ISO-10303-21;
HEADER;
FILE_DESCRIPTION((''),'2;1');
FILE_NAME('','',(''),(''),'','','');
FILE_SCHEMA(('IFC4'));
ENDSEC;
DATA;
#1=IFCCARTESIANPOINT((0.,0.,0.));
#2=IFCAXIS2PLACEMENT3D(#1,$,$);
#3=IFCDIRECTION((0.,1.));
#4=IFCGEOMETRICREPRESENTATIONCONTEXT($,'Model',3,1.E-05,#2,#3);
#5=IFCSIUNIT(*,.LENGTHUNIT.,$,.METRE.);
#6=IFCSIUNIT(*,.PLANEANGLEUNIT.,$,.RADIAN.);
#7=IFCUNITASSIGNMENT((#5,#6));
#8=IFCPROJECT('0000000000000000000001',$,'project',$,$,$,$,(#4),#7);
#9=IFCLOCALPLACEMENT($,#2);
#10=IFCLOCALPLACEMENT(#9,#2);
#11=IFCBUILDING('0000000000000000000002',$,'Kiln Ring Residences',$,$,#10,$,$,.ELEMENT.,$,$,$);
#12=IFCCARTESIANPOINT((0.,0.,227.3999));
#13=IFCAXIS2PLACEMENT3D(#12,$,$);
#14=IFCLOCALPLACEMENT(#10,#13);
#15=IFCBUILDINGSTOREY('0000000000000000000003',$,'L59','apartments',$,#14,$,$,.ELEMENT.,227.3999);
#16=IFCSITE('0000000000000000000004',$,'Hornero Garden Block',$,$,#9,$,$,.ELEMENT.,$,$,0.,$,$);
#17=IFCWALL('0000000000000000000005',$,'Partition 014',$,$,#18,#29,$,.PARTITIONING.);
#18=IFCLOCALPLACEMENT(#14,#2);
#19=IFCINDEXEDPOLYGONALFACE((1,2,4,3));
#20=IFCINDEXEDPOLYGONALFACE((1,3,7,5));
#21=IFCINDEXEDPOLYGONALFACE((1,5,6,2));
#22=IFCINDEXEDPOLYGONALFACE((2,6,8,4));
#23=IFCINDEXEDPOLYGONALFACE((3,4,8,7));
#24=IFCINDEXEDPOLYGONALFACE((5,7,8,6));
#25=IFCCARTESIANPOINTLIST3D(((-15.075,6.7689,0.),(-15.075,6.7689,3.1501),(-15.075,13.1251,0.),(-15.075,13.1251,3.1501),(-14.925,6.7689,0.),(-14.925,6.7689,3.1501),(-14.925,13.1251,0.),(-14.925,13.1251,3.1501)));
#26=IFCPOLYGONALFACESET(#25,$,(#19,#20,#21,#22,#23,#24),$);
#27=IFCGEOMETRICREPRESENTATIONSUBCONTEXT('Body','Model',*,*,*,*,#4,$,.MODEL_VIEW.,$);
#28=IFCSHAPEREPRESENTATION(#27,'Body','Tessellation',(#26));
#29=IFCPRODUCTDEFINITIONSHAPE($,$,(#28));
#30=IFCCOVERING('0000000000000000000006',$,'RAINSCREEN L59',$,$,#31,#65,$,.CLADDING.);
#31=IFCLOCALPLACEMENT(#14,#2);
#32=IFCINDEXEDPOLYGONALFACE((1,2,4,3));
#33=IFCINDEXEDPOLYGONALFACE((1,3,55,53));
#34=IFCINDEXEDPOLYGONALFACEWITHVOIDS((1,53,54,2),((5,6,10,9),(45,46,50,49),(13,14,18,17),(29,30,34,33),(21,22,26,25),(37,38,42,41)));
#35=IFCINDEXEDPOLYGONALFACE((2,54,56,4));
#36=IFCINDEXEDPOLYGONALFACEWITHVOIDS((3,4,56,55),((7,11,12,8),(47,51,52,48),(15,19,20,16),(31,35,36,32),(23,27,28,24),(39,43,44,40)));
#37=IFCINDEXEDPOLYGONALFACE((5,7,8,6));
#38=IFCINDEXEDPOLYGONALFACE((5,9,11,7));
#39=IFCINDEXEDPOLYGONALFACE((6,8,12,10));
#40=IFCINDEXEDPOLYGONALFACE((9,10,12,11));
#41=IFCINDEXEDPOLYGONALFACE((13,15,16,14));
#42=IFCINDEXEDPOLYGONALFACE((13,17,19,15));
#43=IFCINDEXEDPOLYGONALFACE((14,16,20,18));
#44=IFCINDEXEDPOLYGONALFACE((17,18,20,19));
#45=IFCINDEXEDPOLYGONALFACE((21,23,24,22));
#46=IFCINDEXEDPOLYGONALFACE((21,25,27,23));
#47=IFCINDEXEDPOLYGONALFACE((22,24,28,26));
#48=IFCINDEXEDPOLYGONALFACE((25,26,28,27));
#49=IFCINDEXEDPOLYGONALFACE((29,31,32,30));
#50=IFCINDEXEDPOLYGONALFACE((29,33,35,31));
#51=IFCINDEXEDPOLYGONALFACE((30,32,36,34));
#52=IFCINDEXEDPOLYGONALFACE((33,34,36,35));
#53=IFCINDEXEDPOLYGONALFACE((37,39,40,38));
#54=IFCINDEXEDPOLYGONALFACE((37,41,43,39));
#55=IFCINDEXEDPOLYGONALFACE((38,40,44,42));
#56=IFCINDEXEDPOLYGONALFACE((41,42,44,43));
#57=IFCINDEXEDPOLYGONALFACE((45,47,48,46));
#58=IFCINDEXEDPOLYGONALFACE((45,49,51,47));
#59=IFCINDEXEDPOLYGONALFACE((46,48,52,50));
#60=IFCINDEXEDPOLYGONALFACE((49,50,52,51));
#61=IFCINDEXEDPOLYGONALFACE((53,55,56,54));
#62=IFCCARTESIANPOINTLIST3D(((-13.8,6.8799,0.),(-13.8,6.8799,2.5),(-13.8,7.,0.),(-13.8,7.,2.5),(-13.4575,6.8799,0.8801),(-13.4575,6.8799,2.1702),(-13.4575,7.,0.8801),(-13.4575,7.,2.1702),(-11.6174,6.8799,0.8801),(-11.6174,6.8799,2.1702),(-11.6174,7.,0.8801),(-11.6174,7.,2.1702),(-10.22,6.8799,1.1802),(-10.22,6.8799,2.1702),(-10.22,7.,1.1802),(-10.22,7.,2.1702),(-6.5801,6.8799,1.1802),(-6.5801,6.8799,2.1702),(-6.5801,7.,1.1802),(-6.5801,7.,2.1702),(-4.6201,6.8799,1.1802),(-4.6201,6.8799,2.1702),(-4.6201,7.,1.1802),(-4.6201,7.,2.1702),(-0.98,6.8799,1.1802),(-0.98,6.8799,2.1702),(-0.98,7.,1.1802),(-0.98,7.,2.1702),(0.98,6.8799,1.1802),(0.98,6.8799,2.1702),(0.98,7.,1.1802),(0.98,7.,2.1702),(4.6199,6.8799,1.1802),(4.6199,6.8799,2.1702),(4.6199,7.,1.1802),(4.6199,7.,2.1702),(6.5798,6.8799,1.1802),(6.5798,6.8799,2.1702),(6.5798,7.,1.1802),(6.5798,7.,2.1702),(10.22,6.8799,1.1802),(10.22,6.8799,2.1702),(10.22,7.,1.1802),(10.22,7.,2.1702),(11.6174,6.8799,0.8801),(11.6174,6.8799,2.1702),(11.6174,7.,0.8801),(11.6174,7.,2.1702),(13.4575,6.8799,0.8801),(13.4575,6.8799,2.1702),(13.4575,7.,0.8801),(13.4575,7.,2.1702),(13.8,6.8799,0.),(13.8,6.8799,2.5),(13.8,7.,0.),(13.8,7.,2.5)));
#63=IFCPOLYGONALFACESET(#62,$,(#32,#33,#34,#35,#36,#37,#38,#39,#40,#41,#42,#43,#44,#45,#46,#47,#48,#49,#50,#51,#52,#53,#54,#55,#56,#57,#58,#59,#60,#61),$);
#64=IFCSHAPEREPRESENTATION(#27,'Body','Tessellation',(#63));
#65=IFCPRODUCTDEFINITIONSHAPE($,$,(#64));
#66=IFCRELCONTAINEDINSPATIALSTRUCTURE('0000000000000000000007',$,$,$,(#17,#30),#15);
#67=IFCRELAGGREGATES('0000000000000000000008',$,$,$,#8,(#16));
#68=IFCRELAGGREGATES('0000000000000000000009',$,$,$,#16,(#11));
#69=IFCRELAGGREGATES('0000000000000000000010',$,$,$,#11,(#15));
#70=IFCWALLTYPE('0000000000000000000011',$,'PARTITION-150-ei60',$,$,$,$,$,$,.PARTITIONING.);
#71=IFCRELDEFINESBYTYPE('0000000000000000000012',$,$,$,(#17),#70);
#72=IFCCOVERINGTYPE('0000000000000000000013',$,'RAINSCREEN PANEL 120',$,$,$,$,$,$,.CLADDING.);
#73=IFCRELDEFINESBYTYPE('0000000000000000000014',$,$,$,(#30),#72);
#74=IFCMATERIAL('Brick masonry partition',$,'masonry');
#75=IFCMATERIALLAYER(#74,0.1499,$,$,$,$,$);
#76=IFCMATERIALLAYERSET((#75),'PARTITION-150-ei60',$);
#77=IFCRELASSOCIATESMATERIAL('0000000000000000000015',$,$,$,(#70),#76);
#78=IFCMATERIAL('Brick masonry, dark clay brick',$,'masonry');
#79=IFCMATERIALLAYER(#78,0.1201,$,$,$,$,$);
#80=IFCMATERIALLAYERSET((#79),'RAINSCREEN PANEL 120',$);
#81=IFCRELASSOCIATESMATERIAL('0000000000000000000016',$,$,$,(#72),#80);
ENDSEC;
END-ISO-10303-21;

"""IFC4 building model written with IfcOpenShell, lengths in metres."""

from ifc_helpers import new_model, si_unit, direction, frame, frame_2d, origin, place, context, subcontext, project, spatial, polyline, rectangle, outline, extrude, material, layer, layer_set, type_object, element, save


model = new_model("IFC4")

# Units and contexts
model_context = context("Model", 3, precision=1e-05, world=origin(), true_north=direction((0.0, 1.0)))
body_context = subcontext(model_context, "Body", "Model", "MODEL_VIEW")
ifc_project = project(units=[si_unit("LENGTHUNIT", "METRE"), si_unit("PLANEANGLEUNIT", "RADIAN")], contexts=[model_context])

# Site, building, storey
site_placement = place(None, origin())
site = spatial("IfcSite", under=ifc_project, at=site_placement, Name="Hornero Garden Block", CompositionType="ELEMENT", RefElevation=0.0)
building_placement = place(site_placement, origin())
building = spatial("IfcBuilding", under=site, at=building_placement, Name="Kiln Ring Residences", CompositionType="ELEMENT")
storey_placement = place(building_placement, frame((0.0, 0.0, 227.3999)))
storey = spatial("IfcBuildingStorey", under=building, at=storey_placement, Name="L59", Description="apartments", CompositionType="ELEMENT", Elevation=227.3999)

# Shared definitions
ifc_material_1 = material(Name="Brick masonry partition", Category="masonry")
ifc_layer_1 = layer(ifc_material_1, 0.1499)
ifc_layer_set_1 = layer_set([ifc_layer_1], Name="PARTITION-150-ei60")
wall_type_1 = type_object("IfcWallType", Name="PARTITION-150-ei60", PredefinedType="PARTITIONING", material=ifc_layer_set_1)

# Wall
wall_1_placement = place(storey_placement, frame((-15.0, 6.7688, 0.0), z_axis=(0.0, 0.0, 1.0), x_axis=(0.0, 1.0, 0.0)))
element("IfcWall", 1, at=wall_1_placement, inside=storey, type_object=wall_type_1, Name="Partition 014", PredefinedType="PARTITIONING", context=body_context, shape_type="SweptSolid", body=[
    extrude(rectangle(XDim=6.3562, YDim=0.1499, at=frame_2d((3.1782, 0.0))), origin(), (0.0, 0.0, 1.0), 3.1501),
])

# Covering
ifc_material_2 = material(Name="Brick masonry, dark clay brick", Category="masonry")
ifc_layer_2 = layer(ifc_material_2, 0.1201)
ifc_layer_set_2 = layer_set([ifc_layer_2], Name="RAINSCREEN PANEL 120")
covering_type = type_object("IfcCoveringType", Name="RAINSCREEN PANEL 120", PredefinedType="CLADDING", material=ifc_layer_set_2)
covering_placement = place(storey_placement, frame((-13.8, 6.9399, 0.0), z_axis=(0.0, 0.0, 1.0), x_axis=(1.0, 0.0, 0.0)))
element("IfcCovering", 2, at=covering_placement, inside=storey, type_object=covering_type, Name="RAINSCREEN L59", PredefinedType="CLADDING", context=body_context, shape_type="SweptSolid", body=[
    extrude(outline(polyline([(0.0, 0.0), (27.6001, 0.0), (27.6001, 2.5), (0.0, 2.5), (0.0, 0.0)]), holes=[polyline([(2.1826, 0.8801), (2.1826, 2.1702), (0.3425, 2.1702), (0.3425, 0.8801), (2.1826, 0.8801)]), polyline([(25.4175, 0.8801), (27.2576, 0.8801), (27.2576, 2.1702), (25.4175, 2.1702), (25.4175, 0.8801)]), polyline([(3.5801, 1.1802), (7.22, 1.1802), (7.22, 2.1702), (3.5801, 2.1702), (3.5801, 1.1802)]), polyline([(12.8201, 1.1802), (12.8201, 2.1702), (9.1799, 2.1702), (9.1799, 1.1802), (12.8201, 1.1802)]), polyline([(14.78, 1.1802), (18.4199, 1.1802), (18.4199, 2.1702), (14.78, 2.1702), (14.78, 1.1802)]), polyline([(20.3799, 1.1802), (24.02, 1.1802), (24.02, 2.1702), (20.3799, 2.1702), (20.3799, 1.1802)])]), frame((0.0, 0.0601, 0.0), z_axis=(0.0, -1.0, 0.0), x_axis=(1.0, 0.0, 0.0)), (0.0, 0.0, 1.0), 0.1201),
])

save(model, "model.ifc")
